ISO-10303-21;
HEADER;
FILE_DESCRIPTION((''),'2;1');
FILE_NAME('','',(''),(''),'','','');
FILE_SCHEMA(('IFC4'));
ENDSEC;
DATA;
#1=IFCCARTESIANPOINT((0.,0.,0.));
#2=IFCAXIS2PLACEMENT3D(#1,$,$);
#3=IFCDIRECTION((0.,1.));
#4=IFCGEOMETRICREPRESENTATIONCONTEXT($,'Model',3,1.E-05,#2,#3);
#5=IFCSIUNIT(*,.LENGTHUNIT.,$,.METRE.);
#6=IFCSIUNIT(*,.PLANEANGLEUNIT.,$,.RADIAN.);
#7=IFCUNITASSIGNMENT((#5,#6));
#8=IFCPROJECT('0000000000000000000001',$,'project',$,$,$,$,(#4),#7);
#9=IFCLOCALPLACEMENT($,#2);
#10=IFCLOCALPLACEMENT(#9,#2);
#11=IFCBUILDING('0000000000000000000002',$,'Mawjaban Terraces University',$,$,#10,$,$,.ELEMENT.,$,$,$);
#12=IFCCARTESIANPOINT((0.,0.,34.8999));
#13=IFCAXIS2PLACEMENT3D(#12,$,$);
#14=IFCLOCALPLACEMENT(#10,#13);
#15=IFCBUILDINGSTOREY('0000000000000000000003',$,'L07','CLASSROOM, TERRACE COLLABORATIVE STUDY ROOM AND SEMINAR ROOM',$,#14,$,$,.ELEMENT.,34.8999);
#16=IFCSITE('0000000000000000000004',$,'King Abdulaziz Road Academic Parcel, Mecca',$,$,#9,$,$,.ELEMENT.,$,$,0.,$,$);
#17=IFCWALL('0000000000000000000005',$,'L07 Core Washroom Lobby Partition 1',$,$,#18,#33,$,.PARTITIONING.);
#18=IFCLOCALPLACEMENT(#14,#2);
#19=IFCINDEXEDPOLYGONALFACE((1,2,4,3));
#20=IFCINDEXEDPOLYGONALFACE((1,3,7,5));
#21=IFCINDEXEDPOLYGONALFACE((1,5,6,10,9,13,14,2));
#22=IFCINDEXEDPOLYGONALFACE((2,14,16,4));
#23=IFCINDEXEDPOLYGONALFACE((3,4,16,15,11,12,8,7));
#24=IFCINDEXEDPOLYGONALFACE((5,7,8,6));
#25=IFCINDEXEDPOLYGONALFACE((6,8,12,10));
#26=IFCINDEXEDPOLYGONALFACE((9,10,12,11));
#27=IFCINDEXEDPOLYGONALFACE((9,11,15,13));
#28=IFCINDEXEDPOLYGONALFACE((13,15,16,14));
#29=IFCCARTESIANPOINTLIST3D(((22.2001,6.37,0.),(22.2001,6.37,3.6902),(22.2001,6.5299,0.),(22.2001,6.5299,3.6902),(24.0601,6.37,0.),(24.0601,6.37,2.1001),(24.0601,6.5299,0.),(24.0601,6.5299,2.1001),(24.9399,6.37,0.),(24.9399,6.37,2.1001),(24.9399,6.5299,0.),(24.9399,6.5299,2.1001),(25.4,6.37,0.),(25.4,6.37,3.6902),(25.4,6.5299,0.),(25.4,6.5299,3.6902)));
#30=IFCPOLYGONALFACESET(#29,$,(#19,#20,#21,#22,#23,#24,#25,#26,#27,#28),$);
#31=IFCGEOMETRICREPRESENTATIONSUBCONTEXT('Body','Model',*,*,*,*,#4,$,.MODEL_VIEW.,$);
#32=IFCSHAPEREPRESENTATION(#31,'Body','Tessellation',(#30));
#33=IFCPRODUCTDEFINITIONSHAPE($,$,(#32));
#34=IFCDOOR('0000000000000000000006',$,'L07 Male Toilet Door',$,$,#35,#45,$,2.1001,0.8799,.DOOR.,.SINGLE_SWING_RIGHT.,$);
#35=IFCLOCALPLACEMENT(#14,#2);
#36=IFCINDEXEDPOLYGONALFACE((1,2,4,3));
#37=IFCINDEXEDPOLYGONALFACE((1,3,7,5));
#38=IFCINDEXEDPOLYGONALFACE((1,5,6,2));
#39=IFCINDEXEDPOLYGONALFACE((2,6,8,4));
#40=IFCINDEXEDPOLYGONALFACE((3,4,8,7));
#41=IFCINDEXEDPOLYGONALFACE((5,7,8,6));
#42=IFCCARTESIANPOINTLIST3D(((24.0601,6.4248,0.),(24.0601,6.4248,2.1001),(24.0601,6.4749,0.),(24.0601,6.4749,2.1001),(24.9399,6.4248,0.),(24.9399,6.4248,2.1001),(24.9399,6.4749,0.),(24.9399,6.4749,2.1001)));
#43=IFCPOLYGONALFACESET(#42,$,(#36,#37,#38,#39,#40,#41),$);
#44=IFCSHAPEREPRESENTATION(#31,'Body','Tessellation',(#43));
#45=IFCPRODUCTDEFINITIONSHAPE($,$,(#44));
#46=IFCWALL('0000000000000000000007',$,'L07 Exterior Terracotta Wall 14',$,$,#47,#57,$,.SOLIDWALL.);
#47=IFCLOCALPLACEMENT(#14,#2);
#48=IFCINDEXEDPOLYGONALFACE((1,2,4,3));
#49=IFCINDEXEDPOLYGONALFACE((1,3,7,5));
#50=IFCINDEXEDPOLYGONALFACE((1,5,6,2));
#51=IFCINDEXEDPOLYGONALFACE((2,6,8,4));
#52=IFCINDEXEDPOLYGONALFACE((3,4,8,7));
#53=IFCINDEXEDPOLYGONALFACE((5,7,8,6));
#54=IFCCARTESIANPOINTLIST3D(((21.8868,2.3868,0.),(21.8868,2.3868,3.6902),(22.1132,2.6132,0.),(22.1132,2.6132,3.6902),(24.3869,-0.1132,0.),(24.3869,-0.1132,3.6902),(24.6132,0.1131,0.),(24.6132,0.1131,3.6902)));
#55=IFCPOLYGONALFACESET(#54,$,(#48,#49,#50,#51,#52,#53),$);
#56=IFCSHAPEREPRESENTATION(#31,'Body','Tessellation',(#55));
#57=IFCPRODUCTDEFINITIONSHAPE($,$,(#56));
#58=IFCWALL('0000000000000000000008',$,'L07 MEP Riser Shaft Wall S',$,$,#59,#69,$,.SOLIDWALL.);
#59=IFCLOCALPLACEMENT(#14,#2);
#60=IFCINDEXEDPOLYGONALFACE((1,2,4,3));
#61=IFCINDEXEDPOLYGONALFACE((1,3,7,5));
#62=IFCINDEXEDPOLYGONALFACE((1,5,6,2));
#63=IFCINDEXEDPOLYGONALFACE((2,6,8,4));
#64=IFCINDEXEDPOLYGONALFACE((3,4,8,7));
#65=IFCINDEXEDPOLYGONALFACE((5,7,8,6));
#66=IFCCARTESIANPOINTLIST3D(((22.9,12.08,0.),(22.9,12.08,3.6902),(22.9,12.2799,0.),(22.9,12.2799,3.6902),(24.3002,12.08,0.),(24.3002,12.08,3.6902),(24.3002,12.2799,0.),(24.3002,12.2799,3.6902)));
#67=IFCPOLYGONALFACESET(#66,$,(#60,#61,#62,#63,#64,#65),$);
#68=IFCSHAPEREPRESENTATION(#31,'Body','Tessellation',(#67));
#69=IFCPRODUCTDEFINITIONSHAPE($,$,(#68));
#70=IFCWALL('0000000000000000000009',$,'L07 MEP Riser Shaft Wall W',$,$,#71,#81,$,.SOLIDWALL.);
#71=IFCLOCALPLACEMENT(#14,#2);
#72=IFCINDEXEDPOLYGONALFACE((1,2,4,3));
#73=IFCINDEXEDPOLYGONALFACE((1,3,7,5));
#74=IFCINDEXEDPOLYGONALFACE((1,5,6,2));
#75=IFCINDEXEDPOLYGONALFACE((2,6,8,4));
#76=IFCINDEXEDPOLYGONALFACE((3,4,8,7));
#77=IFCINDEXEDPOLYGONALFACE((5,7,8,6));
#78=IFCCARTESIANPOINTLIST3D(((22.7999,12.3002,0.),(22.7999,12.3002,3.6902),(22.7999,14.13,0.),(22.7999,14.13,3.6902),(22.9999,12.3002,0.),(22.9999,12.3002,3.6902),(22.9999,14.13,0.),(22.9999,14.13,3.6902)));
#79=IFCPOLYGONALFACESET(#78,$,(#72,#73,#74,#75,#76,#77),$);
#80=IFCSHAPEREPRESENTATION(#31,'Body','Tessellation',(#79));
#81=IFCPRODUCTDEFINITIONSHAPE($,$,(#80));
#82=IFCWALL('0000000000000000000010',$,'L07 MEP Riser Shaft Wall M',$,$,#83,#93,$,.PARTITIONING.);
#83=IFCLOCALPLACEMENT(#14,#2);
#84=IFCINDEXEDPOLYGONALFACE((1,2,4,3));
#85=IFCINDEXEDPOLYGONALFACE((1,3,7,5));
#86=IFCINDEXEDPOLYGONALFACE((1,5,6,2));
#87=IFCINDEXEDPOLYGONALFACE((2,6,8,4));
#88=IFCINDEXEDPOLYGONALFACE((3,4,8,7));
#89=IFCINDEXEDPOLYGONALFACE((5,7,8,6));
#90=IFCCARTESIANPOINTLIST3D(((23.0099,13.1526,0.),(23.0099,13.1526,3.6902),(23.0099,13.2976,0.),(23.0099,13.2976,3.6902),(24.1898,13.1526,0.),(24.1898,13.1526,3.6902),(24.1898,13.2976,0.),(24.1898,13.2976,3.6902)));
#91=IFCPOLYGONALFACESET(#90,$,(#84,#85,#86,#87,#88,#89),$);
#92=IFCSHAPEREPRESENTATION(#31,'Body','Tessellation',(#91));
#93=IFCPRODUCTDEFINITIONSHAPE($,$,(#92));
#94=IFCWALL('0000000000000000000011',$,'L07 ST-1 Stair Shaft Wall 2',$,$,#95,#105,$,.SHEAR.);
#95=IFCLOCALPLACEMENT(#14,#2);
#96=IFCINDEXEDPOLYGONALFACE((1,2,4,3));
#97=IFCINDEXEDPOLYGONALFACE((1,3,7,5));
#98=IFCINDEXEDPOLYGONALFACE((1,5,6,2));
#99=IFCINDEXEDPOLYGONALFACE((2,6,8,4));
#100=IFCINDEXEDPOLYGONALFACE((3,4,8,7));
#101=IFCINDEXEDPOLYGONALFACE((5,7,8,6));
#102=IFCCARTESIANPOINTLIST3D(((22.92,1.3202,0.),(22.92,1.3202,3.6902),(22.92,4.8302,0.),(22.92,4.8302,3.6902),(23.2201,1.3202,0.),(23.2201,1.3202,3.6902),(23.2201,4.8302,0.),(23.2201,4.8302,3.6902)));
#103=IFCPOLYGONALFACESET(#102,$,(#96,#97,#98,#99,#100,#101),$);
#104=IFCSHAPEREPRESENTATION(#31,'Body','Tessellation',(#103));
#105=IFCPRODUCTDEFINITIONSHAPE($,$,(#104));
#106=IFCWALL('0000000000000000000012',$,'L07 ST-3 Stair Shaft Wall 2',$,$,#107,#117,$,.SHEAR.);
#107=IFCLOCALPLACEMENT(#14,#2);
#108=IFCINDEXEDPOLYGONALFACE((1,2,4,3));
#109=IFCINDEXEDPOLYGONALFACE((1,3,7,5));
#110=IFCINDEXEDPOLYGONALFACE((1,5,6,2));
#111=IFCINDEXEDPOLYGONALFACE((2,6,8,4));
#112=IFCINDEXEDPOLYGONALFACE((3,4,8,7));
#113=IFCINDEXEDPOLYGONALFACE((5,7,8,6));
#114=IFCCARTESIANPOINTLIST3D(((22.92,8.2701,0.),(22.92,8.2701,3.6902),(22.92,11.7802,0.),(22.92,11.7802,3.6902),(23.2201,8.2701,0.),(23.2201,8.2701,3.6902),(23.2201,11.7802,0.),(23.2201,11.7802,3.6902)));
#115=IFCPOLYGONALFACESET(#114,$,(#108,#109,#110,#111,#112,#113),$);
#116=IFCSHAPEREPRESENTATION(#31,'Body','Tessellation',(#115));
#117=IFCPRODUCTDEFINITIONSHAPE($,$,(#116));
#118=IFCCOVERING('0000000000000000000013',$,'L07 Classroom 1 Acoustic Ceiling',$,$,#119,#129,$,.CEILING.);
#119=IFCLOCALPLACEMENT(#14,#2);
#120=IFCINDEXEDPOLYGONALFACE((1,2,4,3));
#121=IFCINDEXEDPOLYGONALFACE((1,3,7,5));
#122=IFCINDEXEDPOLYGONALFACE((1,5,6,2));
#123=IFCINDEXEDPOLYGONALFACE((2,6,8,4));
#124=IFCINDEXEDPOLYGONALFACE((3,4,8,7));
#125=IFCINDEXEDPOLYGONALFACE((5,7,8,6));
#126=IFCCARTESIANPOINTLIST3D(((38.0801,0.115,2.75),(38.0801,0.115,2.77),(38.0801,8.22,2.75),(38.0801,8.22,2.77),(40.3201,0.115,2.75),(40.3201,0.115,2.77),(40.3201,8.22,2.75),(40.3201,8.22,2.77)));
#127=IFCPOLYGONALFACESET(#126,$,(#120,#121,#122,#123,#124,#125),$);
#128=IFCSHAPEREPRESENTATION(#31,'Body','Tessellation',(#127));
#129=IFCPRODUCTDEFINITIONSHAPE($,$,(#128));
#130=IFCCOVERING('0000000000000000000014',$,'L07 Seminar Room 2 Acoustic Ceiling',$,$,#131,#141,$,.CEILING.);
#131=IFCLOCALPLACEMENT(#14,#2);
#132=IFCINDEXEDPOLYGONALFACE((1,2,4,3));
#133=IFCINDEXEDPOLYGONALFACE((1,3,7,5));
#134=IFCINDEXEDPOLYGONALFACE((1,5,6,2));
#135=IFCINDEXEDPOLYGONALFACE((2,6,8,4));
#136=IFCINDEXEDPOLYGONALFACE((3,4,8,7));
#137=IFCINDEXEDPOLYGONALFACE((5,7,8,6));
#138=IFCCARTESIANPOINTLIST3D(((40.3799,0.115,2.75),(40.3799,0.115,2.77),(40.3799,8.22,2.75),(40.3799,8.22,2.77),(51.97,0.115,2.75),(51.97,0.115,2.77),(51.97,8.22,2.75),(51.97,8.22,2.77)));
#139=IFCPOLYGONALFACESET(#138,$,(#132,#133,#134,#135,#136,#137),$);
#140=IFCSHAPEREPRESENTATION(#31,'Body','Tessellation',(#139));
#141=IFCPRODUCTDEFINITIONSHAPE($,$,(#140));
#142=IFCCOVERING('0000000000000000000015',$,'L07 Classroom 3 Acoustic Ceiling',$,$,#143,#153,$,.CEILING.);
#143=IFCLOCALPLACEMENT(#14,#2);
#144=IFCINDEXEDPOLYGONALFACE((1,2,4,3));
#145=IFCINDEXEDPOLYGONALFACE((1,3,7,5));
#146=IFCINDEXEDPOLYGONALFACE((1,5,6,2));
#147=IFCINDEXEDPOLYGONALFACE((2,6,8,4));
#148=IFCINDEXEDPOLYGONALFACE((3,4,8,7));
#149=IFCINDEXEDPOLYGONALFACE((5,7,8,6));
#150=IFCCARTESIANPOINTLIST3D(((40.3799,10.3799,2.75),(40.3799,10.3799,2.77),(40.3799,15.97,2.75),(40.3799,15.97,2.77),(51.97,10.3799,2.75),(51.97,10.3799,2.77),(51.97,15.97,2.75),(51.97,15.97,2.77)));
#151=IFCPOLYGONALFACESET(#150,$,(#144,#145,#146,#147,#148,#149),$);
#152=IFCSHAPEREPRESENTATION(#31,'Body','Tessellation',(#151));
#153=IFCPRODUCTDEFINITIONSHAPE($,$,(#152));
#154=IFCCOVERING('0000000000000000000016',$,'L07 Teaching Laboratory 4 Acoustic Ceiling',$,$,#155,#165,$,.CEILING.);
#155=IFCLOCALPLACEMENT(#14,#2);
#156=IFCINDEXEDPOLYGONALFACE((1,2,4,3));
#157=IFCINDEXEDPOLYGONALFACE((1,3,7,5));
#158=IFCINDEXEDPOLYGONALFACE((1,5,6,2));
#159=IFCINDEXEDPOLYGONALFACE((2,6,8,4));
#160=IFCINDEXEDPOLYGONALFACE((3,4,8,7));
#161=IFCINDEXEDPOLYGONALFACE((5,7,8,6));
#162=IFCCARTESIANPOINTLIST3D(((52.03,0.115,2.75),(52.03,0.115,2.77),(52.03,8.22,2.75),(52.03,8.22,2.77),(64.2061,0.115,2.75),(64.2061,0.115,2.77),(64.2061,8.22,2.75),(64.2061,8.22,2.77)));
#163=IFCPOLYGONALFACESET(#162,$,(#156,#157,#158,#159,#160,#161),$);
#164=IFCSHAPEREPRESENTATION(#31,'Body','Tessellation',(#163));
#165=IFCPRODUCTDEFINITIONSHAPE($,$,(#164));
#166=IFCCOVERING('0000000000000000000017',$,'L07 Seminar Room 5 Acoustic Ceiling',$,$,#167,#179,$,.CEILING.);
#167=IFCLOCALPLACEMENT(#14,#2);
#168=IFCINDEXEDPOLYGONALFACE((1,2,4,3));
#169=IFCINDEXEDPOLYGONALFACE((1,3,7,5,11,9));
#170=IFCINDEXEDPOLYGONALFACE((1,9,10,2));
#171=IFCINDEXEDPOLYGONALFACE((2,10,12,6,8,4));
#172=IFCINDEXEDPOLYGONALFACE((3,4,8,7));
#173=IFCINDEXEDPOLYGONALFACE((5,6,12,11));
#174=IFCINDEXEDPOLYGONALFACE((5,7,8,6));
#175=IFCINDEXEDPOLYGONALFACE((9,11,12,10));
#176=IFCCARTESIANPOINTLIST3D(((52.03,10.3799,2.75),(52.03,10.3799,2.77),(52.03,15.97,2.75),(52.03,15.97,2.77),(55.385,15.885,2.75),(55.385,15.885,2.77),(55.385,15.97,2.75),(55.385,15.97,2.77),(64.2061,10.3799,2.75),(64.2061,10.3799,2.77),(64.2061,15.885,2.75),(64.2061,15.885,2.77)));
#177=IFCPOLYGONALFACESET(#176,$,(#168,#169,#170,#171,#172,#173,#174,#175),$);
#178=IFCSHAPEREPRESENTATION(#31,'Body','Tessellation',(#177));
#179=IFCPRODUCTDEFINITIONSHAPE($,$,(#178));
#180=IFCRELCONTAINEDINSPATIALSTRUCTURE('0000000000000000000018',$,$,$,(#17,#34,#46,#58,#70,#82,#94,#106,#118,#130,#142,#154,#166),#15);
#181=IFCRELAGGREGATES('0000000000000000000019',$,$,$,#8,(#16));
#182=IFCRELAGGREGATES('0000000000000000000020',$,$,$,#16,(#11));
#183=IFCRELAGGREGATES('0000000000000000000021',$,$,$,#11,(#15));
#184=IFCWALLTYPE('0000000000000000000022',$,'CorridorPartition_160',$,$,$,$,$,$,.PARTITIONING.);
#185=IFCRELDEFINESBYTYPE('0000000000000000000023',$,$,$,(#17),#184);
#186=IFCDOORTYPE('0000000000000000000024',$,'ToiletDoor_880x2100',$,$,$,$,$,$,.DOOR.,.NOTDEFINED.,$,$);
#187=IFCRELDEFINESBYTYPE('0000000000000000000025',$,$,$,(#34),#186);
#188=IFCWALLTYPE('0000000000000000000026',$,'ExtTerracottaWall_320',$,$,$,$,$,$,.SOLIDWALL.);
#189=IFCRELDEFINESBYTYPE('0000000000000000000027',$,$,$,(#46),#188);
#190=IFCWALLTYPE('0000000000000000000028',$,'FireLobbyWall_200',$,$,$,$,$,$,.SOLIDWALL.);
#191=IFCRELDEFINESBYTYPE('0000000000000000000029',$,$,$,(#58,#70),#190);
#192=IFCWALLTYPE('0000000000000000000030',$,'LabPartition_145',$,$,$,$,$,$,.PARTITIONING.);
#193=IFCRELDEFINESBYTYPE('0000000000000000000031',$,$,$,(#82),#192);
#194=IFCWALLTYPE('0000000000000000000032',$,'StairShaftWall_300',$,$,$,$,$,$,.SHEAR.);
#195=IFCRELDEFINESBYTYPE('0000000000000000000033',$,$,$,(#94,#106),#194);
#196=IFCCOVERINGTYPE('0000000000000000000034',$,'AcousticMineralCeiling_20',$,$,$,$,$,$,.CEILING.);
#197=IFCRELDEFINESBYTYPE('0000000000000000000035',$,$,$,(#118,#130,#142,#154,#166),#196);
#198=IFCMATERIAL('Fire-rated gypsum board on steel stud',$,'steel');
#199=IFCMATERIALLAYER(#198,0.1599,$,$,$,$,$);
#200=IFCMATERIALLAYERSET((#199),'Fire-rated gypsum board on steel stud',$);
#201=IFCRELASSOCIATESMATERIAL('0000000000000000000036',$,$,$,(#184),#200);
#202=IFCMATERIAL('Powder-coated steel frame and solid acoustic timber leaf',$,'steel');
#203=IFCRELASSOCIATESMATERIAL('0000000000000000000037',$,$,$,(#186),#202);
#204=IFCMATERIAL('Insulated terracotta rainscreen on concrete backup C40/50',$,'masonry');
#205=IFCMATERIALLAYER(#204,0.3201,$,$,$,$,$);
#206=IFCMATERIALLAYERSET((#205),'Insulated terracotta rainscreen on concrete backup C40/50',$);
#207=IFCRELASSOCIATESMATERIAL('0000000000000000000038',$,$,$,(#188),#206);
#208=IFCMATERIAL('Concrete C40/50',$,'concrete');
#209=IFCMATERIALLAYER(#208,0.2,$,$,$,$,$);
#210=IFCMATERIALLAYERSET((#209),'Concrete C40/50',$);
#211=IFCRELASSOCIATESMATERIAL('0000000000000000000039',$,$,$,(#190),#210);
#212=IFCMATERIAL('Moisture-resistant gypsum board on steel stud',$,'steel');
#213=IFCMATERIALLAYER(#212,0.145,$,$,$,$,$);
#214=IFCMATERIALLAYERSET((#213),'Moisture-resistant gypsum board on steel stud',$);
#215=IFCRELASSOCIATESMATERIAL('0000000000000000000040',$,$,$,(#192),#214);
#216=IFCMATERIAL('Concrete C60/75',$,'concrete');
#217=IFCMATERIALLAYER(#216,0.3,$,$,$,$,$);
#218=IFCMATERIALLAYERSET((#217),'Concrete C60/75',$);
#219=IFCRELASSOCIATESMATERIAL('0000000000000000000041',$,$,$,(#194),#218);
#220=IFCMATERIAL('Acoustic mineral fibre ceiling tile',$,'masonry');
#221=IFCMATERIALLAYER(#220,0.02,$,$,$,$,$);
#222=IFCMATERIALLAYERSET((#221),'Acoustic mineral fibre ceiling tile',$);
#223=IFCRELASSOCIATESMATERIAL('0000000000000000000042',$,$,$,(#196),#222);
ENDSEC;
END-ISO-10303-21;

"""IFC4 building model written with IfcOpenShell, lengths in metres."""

from ifc_helpers import new_model, si_unit, direction, frame, frame_2d, origin, place, context, subcontext, project, spatial, polyline, rectangle, outline, extrude, material, layer, layer_set, type_object, element, fill, save


model = new_model("IFC4")

# Units and contexts
model_context = context("Model", 3, precision=1e-05, world=origin(), true_north=direction((0.0, 1.0)))
body_context = subcontext(model_context, "Body", "Model", "MODEL_VIEW")
ifc_project = project(units=[si_unit("LENGTHUNIT", "METRE"), si_unit("PLANEANGLEUNIT", "RADIAN")], contexts=[model_context])

# Site, building, storey
site_placement = place(None, origin())
site = spatial("IfcSite", under=ifc_project, at=site_placement, Name="King Abdulaziz Road Academic Parcel, Mecca", CompositionType="ELEMENT", RefElevation=0.0)
building_placement = place(site_placement, origin())
building = spatial("IfcBuilding", under=site, at=building_placement, Name="Mawjaban Terraces University", CompositionType="ELEMENT")
storey_placement = place(building_placement, frame((0.0, 0.0, 34.8999)))
storey = spatial("IfcBuildingStorey", under=building, at=storey_placement, Name="L07", Description="CLASSROOM, TERRACE COLLABORATIVE STUDY ROOM AND SEMINAR ROOM", CompositionType="ELEMENT", Elevation=34.8999)

# Shared definitions
ifc_material_1 = material(Name="Concrete C40/50", Category="concrete")

# Wall, opening, door
ifc_material_2 = material(Name="Fire-rated gypsum board on steel stud", Category="steel")
ifc_layer_1 = layer(ifc_material_2, 0.1599)
ifc_layer_set_1 = layer_set([ifc_layer_1], Name="Fire-rated gypsum board on steel stud")
wall_type_1 = type_object("IfcWallType", Name="CorridorPartition_160", PredefinedType="PARTITIONING", material=ifc_layer_set_1)
wall_1_placement = place(storey_placement, frame((22.2, 6.45, 0.0), z_axis=(0.0, 0.0, 1.0), x_axis=(1.0, 0.0, 0.0)))
wall_1 = element("IfcWall", 1, at=wall_1_placement, inside=storey, type_object=wall_type_1, Name="L07 Core Washroom Lobby Partition 1", PredefinedType="PARTITIONING", context=body_context, shape_type="SweptSolid", body=[
    extrude(rectangle(XDim=3.2, YDim=0.1599, at=frame_2d((1.6001, 0.0))), origin(), (0.0, 0.0, 1.0), 3.6902),
])
opening_placement = place(wall_1_placement, frame((1.8601, 0.0, 0.0)))
opening = element("IfcOpeningElement", 2, at=opening_placement, cuts=wall_1, PredefinedType="OPENING", context=body_context, shape_type="SweptSolid", body=[
    extrude(rectangle(XDim=0.8799, YDim=2.1001, at=frame_2d((0.4399, 1.05))), frame((0.0, 0.0898, 0.0), z_axis=(0.0, -1.0, 0.0), x_axis=(1.0, 0.0, 0.0)), (0.0, 0.0, 1.0), 0.1799),
])
ifc_material_3 = material(Name="Powder-coated steel frame and solid acoustic timber leaf", Category="steel")
door_type = type_object("IfcDoorType", Name="ToiletDoor_880x2100", OperationType="NOTDEFINED", PredefinedType="DOOR", material=ifc_material_3)
door_placement = place(opening_placement, origin())
door = element("IfcDoor", 3, at=door_placement, inside=storey, type_object=door_type, Name="L07 Male Toilet Door", OperationType="SINGLE_SWING_RIGHT", OverallHeight=2.1001, OverallWidth=0.8799, PredefinedType="DOOR", context=body_context, shape_type="SweptSolid", body=[
    extrude(rectangle(XDim=0.8799, YDim=2.1001, at=frame_2d((0.4399, 1.05))), frame((0.0, 0.0249, 0.0), z_axis=(0.0, -1.0, 0.0), x_axis=(1.0, 0.0, 0.0)), (0.0, 0.0, 1.0), 0.05),
])
fill(opening, door)

# Walls
ifc_material_4 = material(Name="Insulated terracotta rainscreen on concrete backup C40/50", Category="masonry")
ifc_layer_2 = layer(ifc_material_4, 0.3201)
ifc_layer_set_2 = layer_set([ifc_layer_2], Name="Insulated terracotta rainscreen on concrete backup C40/50")
wall_type_2 = type_object("IfcWallType", Name="ExtTerracottaWall_320", PredefinedType="SOLIDWALL", material=ifc_layer_set_2)
wall_2_placement = place(storey_placement, frame((22.0, 2.5, 0.0), z_axis=(0.0, 0.0, 1.0), x_axis=(0.707107, -0.707107, 0.0)))
element("IfcWall", 4, at=wall_2_placement, inside=storey, type_object=wall_type_2, Name="L07 Exterior Terracotta Wall 14", PredefinedType="SOLIDWALL", context=body_context, shape_type="SweptSolid", body=[
    extrude(rectangle(XDim=3.5356, YDim=0.3201, at=frame_2d((1.7678, 0.0))), origin(), (0.0, 0.0, 1.0), 3.6902),
])
ifc_layer_3 = layer(ifc_material_1, 0.2)
ifc_layer_set_3 = layer_set([ifc_layer_3], Name="Concrete C40/50")
wall_type_3 = type_object("IfcWallType", Name="FireLobbyWall_200", PredefinedType="SOLIDWALL", material=ifc_layer_set_3)
wall_3_placement = place(storey_placement, frame((22.8999, 12.1799, 0.0), z_axis=(0.0, 0.0, 1.0), x_axis=(1.0, 0.0, 0.0)))
element("IfcWall", 5, at=wall_3_placement, inside=storey, type_object=wall_type_3, Name="L07 MEP Riser Shaft Wall S", PredefinedType="SOLIDWALL", context=body_context, shape_type="SweptSolid", body=[
    extrude(rectangle(XDim=1.4001, YDim=0.2, at=frame_2d((0.7002, 0.0))), origin(), (0.0, 0.0, 1.0), 3.6902),
])
wall_4_placement = place(storey_placement, frame((22.8999, 12.3, 0.0), z_axis=(0.0, 0.0, 1.0), x_axis=(0.0, 1.0, 0.0)))
element("IfcWall", 6, at=wall_4_placement, inside=storey, type_object=wall_type_3, Name="L07 MEP Riser Shaft Wall W", PredefinedType="SOLIDWALL", context=body_context, shape_type="SweptSolid", body=[
    extrude(rectangle(XDim=1.8298, YDim=0.2, at=frame_2d((0.915, 0.0))), origin(), (0.0, 0.0, 1.0), 3.6902),
])
ifc_material_5 = material(Name="Moisture-resistant gypsum board on steel stud", Category="steel")
ifc_layer_4 = layer(ifc_material_5, 0.145)
ifc_layer_set_4 = layer_set([ifc_layer_4], Name="Moisture-resistant gypsum board on steel stud")
wall_type_4 = type_object("IfcWallType", Name="LabPartition_145", PredefinedType="PARTITIONING", material=ifc_layer_set_4)
wall_5_placement = place(storey_placement, frame((23.01, 13.2251, 0.0), z_axis=(0.0, 0.0, 1.0), x_axis=(1.0, 0.0, 0.0)))
element("IfcWall", 7, at=wall_5_placement, inside=storey, type_object=wall_type_4, Name="L07 MEP Riser Shaft Wall M", PredefinedType="PARTITIONING", context=body_context, shape_type="SweptSolid", body=[
    extrude(rectangle(XDim=1.1799, YDim=0.145, at=frame_2d((0.5898, 0.0))), origin(), (0.0, 0.0, 1.0), 3.6902),
])
ifc_material_6 = material(Name="Concrete C60/75", Category="concrete")
ifc_layer_5 = layer(ifc_material_6, 0.3)
ifc_layer_set_5 = layer_set([ifc_layer_5], Name="Concrete C60/75")
wall_type_5 = type_object("IfcWallType", Name="StairShaftWall_300", PredefinedType="SHEAR", material=ifc_layer_set_5)
for number, where, z_axis, x_axis, name in (
    (8, (23.0701, 4.8301, 0.0), (0.0, 0.0, 1.0), (0.0, -1.0, 0.0), "L07 ST-1 Stair Shaft Wall 2"),
    (9, (23.0701, 11.78, 0.0), (0.0, 0.0, 1.0), (0.0, -1.0, 0.0), "L07 ST-3 Stair Shaft Wall 2"),
):
    element("IfcWall", number, at=place(storey_placement, frame(where, z_axis=z_axis, x_axis=x_axis)), inside=storey, type_object=wall_type_5, Name=name, PredefinedType="SHEAR", context=body_context, shape_type="SweptSolid", body=[
        extrude(rectangle(XDim=3.51, YDim=0.3, at=frame_2d((1.7549, 0.0))), origin(), (0.0, 0.0, 1.0), 3.6902),
    ])

# Coverings
ifc_material_7 = material(Name="Acoustic mineral fibre ceiling tile", Category="masonry")
ifc_layer_6 = layer(ifc_material_7, 0.02)
ifc_layer_set_6 = layer_set([ifc_layer_6], Name="Acoustic mineral fibre ceiling tile")
covering_type_1 = type_object("IfcCoveringType", Name="AcousticMineralCeiling_20", PredefinedType="CEILING", material=ifc_layer_set_6)
covering_1_placement = place(storey_placement, frame((0.0, 0.0, 2.75)))
element("IfcCovering", 10, at=covering_1_placement, inside=storey, type_object=covering_type_1, Name="L07 Classroom 1 Acoustic Ceiling", PredefinedType="CEILING", context=body_context, shape_type="SweptSolid", body=[
    extrude(outline(polyline([(38.0801, 0.115), (40.3201, 0.115), (40.3201, 8.22), (38.0801, 8.22), (38.0801, 0.115)])), origin(), (0.0, 0.0, 1.0), 0.02),
])
covering_2_placement = place(storey_placement, frame((0.0, 0.0, 2.75)))
element("IfcCovering", 11, at=covering_2_placement, inside=storey, type_object=covering_type_1, Name="L07 Seminar Room 2 Acoustic Ceiling", PredefinedType="CEILING", context=body_context, shape_type="SweptSolid", body=[
    extrude(outline(polyline([(40.3799, 0.115), (51.97, 0.115), (51.97, 8.22), (40.3799, 8.22), (40.3799, 0.115)])), origin(), (0.0, 0.0, 1.0), 0.02),
])
covering_3_placement = place(storey_placement, frame((0.0, 0.0, 2.75)))
element("IfcCovering", 12, at=covering_3_placement, inside=storey, type_object=covering_type_1, Name="L07 Classroom 3 Acoustic Ceiling", PredefinedType="CEILING", context=body_context, shape_type="SweptSolid", body=[
    extrude(outline(polyline([(51.97, 10.3799), (51.97, 15.97), (40.3799, 15.97), (40.3799, 10.3799), (51.97, 10.3799)])), origin(), (0.0, 0.0, 1.0), 0.02),
])
covering_4_placement = place(storey_placement, frame((0.0, 0.0, 2.75)))
element("IfcCovering", 13, at=covering_4_placement, inside=storey, type_object=covering_type_1, Name="L07 Teaching Laboratory 4 Acoustic Ceiling", PredefinedType="CEILING", context=body_context, shape_type="SweptSolid", body=[
    extrude(outline(polyline([(52.03, 0.115), (64.2061, 0.115), (64.2061, 8.22), (52.03, 8.22), (52.03, 0.115)])), origin(), (0.0, 0.0, 1.0), 0.02),
])
covering_5_placement = place(storey_placement, frame((0.0, 0.0, 2.75)))
element("IfcCovering", 14, at=covering_5_placement, inside=storey, type_object=covering_type_1, Name="L07 Seminar Room 5 Acoustic Ceiling", PredefinedType="CEILING", context=body_context, shape_type="SweptSolid", body=[
    extrude(outline(polyline([(64.2061, 15.885), (55.385, 15.885), (55.385, 15.97), (52.03, 15.97), (52.03, 10.3799), (64.2061, 10.3799), (64.2061, 15.885)])), origin(), (0.0, 0.0, 1.0), 0.02),
])

save(model, "model.ifc")
